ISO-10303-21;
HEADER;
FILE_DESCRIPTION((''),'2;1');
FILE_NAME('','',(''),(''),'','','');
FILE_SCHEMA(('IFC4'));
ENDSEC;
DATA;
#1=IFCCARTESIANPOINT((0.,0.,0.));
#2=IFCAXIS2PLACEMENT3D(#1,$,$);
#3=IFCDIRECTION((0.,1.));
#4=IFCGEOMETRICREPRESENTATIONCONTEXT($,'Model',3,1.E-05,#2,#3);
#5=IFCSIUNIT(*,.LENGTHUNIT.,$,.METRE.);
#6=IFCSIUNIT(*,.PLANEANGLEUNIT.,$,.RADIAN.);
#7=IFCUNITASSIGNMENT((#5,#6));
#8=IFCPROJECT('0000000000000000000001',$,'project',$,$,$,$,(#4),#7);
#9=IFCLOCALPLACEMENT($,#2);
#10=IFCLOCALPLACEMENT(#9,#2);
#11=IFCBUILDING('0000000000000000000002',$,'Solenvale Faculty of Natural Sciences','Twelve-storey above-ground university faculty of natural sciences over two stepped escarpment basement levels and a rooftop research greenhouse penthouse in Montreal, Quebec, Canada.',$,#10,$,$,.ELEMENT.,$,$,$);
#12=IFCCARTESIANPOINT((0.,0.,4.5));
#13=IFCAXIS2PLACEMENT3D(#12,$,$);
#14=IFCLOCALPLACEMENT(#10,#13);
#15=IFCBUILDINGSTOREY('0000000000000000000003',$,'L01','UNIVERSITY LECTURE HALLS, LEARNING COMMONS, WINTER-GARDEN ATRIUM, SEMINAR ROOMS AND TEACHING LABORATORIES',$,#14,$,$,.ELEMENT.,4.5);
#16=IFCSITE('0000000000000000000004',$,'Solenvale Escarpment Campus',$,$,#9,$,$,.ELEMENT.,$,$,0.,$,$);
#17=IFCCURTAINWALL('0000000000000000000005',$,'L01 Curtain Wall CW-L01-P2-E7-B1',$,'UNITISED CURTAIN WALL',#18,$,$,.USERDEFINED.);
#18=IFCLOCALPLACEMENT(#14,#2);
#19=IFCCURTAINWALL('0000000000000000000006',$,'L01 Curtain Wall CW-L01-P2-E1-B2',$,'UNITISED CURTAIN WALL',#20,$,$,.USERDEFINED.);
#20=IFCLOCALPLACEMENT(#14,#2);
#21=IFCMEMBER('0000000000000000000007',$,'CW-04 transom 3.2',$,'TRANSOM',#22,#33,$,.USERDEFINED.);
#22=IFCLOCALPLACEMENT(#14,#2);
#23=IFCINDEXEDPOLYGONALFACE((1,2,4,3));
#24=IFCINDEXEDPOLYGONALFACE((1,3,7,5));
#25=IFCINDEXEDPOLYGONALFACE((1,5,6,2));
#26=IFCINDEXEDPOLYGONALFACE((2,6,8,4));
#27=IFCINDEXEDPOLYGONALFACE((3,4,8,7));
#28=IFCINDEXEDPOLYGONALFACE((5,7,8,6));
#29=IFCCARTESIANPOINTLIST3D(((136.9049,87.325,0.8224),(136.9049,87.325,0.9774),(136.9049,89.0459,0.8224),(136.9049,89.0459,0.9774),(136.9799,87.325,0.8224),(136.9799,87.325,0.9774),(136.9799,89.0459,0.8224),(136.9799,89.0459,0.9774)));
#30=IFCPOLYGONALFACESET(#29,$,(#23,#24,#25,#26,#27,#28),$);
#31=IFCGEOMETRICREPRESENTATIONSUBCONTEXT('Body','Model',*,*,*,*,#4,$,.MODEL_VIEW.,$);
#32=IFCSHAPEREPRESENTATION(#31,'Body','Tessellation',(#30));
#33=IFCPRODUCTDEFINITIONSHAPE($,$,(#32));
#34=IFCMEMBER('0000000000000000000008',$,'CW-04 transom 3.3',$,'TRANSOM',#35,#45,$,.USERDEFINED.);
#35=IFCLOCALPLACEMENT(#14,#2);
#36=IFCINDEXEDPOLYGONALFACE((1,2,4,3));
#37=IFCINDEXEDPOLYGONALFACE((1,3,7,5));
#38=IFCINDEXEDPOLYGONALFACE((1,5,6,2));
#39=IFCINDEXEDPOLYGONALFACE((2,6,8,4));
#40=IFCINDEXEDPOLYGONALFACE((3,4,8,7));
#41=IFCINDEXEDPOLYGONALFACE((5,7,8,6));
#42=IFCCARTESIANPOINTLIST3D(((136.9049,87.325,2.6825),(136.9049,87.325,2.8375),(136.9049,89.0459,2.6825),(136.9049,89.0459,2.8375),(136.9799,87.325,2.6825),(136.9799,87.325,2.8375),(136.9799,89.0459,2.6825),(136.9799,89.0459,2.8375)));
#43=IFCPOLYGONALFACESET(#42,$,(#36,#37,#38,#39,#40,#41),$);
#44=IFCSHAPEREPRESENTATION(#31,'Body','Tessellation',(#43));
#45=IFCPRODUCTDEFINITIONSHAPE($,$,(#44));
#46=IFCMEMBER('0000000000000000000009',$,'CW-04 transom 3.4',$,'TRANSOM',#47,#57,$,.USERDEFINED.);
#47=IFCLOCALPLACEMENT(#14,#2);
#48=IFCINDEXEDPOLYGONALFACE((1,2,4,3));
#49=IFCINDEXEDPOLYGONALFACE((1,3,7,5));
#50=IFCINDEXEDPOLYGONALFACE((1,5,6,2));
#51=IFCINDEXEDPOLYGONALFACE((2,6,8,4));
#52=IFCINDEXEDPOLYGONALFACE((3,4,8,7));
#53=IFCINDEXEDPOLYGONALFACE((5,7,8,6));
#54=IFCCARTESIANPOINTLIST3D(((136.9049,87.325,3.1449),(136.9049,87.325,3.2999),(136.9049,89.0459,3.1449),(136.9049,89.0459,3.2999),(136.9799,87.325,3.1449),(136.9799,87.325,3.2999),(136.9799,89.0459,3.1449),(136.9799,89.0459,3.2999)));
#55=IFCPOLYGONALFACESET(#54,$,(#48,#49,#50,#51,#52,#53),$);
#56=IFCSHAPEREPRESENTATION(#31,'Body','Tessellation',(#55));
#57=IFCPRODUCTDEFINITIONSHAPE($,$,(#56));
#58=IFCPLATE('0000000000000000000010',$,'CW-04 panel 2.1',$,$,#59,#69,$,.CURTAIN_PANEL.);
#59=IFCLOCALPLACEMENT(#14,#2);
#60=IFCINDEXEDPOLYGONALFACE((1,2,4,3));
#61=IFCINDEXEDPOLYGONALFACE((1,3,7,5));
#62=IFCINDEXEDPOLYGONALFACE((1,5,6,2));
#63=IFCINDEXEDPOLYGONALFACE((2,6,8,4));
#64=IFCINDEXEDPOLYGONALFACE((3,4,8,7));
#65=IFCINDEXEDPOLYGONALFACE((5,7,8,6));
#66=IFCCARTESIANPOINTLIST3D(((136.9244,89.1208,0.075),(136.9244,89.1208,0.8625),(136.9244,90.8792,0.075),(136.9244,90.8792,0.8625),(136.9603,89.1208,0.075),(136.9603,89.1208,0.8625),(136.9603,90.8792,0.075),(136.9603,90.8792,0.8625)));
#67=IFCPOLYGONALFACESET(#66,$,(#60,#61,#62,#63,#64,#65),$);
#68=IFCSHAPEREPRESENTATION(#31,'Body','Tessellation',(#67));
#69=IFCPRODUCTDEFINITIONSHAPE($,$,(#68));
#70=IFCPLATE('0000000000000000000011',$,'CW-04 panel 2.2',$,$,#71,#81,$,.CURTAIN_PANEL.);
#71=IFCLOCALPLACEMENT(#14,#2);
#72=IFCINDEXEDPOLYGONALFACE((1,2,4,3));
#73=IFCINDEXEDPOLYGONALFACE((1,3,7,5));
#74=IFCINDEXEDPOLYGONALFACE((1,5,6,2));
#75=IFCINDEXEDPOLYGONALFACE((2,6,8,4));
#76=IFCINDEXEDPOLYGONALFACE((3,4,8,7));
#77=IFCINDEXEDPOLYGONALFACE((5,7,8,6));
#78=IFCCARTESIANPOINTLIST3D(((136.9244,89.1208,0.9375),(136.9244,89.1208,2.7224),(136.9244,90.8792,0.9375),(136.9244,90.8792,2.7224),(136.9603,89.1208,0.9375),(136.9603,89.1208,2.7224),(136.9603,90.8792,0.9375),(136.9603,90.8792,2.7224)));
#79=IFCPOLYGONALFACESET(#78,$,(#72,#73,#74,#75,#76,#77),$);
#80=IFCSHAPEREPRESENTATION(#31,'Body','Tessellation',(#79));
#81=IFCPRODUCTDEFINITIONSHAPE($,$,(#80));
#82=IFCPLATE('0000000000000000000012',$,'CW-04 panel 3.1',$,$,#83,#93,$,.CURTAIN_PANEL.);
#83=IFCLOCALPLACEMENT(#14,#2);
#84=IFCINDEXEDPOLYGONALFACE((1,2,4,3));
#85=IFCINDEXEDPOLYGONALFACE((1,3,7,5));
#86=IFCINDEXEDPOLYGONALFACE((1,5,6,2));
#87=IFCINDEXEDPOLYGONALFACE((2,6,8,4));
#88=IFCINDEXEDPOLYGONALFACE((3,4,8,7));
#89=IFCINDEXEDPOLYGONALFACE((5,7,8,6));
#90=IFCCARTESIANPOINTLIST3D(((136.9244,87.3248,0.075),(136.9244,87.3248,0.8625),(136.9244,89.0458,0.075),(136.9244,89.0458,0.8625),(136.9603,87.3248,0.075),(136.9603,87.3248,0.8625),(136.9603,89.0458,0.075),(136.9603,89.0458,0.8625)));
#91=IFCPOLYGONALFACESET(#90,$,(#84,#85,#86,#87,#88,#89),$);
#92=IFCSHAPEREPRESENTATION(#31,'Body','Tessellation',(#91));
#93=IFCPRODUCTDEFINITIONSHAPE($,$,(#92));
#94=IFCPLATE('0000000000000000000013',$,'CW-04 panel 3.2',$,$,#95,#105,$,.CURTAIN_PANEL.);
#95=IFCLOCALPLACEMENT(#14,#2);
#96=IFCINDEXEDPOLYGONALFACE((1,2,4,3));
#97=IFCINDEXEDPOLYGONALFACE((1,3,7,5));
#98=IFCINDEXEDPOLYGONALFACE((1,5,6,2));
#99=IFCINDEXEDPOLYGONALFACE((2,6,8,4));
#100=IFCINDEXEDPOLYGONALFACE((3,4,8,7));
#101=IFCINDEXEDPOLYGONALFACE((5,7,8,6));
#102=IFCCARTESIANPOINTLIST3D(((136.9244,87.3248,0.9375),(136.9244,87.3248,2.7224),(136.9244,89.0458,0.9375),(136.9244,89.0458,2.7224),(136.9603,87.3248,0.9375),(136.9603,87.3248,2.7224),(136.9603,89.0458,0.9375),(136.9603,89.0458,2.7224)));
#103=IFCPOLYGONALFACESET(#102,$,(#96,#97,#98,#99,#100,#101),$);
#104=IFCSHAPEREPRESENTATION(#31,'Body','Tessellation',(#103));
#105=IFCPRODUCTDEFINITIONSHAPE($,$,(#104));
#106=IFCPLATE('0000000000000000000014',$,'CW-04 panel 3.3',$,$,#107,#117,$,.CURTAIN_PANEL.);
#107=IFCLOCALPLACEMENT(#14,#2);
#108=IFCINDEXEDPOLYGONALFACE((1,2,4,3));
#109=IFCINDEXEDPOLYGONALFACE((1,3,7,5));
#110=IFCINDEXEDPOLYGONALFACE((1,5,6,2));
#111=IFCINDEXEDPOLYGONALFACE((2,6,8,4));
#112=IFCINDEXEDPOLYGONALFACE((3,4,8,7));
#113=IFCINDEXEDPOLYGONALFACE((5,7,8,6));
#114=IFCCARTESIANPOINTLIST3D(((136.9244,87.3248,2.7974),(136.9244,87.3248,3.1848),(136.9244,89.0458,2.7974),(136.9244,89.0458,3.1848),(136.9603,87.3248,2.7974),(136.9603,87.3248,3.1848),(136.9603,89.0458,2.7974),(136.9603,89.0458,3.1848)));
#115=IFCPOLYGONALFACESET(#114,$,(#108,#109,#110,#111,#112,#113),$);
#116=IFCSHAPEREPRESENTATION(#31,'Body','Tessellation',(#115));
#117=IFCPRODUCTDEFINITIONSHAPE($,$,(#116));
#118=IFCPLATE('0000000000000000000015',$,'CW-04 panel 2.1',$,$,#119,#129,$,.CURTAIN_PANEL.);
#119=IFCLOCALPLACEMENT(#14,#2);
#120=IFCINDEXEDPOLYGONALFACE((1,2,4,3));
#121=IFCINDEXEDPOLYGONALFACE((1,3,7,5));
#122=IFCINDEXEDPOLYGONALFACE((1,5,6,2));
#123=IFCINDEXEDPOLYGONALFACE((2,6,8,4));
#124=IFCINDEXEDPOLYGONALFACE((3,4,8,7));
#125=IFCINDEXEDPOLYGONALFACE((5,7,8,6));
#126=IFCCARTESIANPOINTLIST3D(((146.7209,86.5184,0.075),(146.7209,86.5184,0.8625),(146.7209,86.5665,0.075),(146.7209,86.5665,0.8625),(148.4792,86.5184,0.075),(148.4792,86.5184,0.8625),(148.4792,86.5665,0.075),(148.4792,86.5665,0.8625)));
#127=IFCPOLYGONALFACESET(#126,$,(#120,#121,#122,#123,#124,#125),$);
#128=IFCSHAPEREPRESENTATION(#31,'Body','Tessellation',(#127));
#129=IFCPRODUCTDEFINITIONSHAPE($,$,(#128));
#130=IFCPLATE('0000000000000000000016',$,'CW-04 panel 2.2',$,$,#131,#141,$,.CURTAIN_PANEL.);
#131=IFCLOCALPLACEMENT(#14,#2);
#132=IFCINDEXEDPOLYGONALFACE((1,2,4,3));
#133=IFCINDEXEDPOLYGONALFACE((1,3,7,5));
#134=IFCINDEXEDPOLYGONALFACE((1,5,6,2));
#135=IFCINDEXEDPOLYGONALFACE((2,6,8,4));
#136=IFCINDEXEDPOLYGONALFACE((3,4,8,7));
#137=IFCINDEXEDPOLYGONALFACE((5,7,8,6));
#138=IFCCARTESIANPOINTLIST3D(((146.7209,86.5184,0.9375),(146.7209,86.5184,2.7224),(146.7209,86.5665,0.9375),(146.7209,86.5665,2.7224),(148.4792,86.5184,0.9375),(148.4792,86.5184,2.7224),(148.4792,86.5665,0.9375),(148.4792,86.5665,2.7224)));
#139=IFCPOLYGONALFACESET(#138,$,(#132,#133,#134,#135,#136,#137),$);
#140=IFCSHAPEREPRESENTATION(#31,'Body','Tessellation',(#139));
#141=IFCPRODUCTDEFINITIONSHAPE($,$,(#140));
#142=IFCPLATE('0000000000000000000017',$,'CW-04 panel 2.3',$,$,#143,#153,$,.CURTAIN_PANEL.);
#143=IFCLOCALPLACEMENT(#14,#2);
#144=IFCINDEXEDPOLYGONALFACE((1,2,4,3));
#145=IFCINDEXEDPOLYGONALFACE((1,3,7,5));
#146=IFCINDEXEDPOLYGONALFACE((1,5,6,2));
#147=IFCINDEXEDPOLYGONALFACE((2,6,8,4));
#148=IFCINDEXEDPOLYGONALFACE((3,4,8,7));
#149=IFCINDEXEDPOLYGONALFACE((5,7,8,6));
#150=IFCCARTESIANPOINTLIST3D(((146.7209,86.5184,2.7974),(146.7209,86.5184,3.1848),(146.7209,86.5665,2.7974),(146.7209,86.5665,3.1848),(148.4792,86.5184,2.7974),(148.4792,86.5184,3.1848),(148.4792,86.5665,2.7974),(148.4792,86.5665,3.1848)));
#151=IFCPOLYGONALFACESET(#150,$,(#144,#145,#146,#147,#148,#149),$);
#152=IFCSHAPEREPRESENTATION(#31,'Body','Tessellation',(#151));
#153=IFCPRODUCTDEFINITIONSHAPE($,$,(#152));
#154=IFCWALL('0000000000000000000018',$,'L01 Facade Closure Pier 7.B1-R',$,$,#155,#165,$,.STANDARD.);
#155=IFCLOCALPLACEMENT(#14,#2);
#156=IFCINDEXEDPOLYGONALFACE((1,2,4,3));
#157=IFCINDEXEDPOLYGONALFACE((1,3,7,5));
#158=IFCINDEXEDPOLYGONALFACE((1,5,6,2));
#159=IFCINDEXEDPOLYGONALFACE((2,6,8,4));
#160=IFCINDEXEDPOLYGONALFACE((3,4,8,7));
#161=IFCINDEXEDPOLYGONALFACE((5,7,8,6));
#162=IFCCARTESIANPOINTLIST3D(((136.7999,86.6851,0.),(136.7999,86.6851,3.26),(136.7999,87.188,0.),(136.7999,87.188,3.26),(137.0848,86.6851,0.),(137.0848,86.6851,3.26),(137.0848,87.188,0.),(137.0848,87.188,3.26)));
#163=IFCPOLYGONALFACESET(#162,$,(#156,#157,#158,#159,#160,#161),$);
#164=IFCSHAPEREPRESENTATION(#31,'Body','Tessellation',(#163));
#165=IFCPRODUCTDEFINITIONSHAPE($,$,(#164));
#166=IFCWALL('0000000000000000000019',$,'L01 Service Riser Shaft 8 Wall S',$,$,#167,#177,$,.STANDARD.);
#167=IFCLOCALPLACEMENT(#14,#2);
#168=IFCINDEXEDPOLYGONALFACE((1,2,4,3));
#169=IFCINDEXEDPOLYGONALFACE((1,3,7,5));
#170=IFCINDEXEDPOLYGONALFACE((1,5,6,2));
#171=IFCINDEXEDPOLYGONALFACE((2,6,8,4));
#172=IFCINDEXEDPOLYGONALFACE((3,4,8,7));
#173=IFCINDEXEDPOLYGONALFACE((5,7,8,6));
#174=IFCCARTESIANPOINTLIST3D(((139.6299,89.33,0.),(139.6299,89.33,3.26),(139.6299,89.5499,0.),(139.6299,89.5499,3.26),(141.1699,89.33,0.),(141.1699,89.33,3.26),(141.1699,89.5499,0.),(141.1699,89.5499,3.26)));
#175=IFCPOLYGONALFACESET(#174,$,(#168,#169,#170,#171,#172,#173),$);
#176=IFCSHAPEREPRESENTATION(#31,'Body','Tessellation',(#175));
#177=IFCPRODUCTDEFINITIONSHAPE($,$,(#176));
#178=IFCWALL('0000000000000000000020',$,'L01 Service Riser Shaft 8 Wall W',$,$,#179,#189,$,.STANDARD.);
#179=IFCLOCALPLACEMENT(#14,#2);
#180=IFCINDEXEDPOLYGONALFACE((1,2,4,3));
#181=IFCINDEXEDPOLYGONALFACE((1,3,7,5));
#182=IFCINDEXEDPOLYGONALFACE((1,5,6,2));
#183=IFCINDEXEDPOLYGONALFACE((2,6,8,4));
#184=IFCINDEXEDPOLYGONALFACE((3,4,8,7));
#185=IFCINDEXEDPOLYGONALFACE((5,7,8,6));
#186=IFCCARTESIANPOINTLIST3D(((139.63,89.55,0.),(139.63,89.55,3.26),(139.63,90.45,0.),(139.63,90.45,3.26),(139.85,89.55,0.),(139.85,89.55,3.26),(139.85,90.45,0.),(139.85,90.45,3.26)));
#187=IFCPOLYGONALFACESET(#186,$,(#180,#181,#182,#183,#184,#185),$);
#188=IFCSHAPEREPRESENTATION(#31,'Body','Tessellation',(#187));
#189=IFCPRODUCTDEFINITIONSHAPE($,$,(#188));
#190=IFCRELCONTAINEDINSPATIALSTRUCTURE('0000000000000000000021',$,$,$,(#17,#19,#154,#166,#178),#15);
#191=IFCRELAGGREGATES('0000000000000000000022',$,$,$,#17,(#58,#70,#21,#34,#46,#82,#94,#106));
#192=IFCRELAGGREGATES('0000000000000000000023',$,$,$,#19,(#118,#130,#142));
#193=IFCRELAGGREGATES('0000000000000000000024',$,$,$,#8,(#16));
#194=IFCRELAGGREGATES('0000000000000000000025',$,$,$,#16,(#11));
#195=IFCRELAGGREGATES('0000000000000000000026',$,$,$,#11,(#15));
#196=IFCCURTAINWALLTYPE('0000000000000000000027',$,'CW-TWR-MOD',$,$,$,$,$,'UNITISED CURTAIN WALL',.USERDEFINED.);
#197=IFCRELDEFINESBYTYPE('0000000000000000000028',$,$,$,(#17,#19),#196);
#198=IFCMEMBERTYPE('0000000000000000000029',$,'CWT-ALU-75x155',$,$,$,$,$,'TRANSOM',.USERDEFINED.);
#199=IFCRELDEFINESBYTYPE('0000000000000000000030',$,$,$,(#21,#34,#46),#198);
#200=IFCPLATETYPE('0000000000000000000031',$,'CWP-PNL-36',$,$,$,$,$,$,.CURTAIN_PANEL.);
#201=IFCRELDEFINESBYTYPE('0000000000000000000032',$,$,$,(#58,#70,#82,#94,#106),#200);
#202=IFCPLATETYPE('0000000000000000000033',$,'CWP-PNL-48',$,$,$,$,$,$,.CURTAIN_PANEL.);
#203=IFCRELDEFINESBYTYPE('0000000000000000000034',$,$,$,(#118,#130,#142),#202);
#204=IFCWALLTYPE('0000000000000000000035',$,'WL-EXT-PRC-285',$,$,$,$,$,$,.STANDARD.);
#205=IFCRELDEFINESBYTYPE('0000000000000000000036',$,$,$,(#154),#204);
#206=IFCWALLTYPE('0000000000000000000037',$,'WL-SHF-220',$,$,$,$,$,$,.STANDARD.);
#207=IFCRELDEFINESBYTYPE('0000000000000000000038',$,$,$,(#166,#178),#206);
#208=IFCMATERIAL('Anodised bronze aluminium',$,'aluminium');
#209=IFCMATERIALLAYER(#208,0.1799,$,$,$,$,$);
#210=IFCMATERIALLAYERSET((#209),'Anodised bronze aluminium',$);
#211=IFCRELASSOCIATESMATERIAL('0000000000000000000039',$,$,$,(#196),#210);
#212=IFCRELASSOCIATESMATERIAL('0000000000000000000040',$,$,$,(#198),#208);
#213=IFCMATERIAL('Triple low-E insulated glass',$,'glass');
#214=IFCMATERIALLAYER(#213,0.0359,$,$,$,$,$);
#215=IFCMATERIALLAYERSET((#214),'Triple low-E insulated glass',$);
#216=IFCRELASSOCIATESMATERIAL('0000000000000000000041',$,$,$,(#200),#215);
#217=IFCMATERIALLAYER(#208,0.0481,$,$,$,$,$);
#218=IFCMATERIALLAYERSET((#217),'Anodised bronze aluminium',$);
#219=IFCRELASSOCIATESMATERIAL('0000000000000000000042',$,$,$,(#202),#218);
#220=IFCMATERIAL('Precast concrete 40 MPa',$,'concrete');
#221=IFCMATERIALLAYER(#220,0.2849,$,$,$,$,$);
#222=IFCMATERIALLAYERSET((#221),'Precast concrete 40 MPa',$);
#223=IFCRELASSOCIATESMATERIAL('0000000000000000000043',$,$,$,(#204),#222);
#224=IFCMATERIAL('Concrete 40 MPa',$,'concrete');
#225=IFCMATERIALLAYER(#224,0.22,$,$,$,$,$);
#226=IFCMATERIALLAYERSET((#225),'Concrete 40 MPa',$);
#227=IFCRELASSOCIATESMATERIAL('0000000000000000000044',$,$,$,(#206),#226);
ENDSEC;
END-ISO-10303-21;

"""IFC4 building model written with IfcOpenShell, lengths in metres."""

from ifc_helpers import new_model, si_unit, direction, frame, frame_2d, origin, origin_2d, place, context, subcontext, project, spatial, rectangle, extrude, material, layer, layer_set, material_profile, profile_set, type_object, element, aggregate, save


model = new_model("IFC4")

# Units and contexts
model_context = context("Model", 3, precision=1e-05, world=origin(), true_north=direction((0.0, 1.0)))
body_context = subcontext(model_context, "Body", "Model", "MODEL_VIEW")
ifc_project = project(units=[si_unit("LENGTHUNIT", "METRE"), si_unit("PLANEANGLEUNIT", "RADIAN")], contexts=[model_context])

# Site, building, storey
site_placement = place(None, origin())
site = spatial("IfcSite", under=ifc_project, at=site_placement, Name="Solenvale Escarpment Campus", CompositionType="ELEMENT", RefElevation=0.0)
building_placement = place(site_placement, origin())
building = spatial("IfcBuilding", under=site, at=building_placement, Name="Solenvale Faculty of Natural Sciences", Description="Twelve-storey above-ground university faculty of natural sciences over two stepped escarpment basement levels and a rooftop research greenhouse penthouse in Montreal, Quebec, Canada.", CompositionType="ELEMENT")
storey_placement = place(building_placement, frame((0.0, 0.0, 4.5)))
storey = spatial("IfcBuildingStorey", under=building, at=storey_placement, Name="L01", Description="UNIVERSITY LECTURE HALLS, LEARNING COMMONS, WINTER-GARDEN ATRIUM, SEMINAR ROOMS AND TEACHING LABORATORIES", CompositionType="ELEMENT", Elevation=4.5)

# Shared definitions
ifc_material_1 = material(Name="Concrete 40 MPa", Category="concrete")

# Curtain walls
ifc_material_2 = material(Name="Anodised bronze aluminium", Category="aluminium")
ifc_layer_1 = layer(ifc_material_2, 0.1799)
ifc_layer_set_1 = layer_set([ifc_layer_1], Name="Anodised bronze aluminium")
curtain_wall_type = type_object("IfcCurtainWallType", Name="CW-TWR-MOD", ElementType="UNITISED CURTAIN WALL", PredefinedType="USERDEFINED", material=ifc_layer_set_1)
curtain_wall_1_placement = place(storey_placement, origin())
curtain_wall_1 = element("IfcCurtainWall", 1, at=curtain_wall_1_placement, inside=storey, type_object=curtain_wall_type, Name="L01 Curtain Wall CW-L01-P2-E7-B1", ObjectType="UNITISED CURTAIN WALL", PredefinedType="USERDEFINED")
curtain_wall_2_placement = place(storey_placement, origin())
curtain_wall_2 = element("IfcCurtainWall", 2, at=curtain_wall_2_placement, inside=storey, type_object=curtain_wall_type, Name="L01 Curtain Wall CW-L01-P2-E1-B2", ObjectType="UNITISED CURTAIN WALL", PredefinedType="USERDEFINED")
ifc_material_profile_1 = material_profile(ifc_material_2, rectangle(XDim=0.075, YDim=0.155, at=origin_2d()), Name="ALU-TRN-75x155")
ifc_profile_set_1 = profile_set([ifc_material_profile_1], Name="Anodised bronze aluminium")
member_type_1 = type_object("IfcMemberType", Name="CWT-ALU-75x155", ElementType="TRANSOM", PredefinedType="USERDEFINED", material=ifc_profile_set_1)

# Members
member_1_placement = place(storey_placement, frame((136.9424, 89.0459, 0.8999), z_axis=(0.0, -1.0, 0.0), x_axis=(1.0, 0.0, 0.0)))
member_1 = element("IfcMember", 3, at=member_1_placement, type_object=member_type_1, Name="CW-04 transom 3.2", ObjectType="TRANSOM", PredefinedType="USERDEFINED", context=body_context, shape_type="SweptSolid", body=[
    extrude(rectangle(XDim=0.075, YDim=0.155, at=origin_2d()), origin(), (0.0, 0.0, 1.0), 1.7209),
])
member_2_placement = place(storey_placement, frame((136.9424, 89.0459, 2.76), z_axis=(0.0, -1.0, 0.0), x_axis=(1.0, 0.0, 0.0)))
member_2 = element("IfcMember", 4, at=member_2_placement, type_object=member_type_1, Name="CW-04 transom 3.3", ObjectType="TRANSOM", PredefinedType="USERDEFINED", context=body_context, shape_type="SweptSolid", body=[
    extrude(rectangle(XDim=0.075, YDim=0.155, at=origin_2d()), origin(), (0.0, 0.0, 1.0), 1.7209),
])
member_3_placement = place(storey_placement, frame((136.9424, 89.0459, 3.2224), z_axis=(0.0, -1.0, 0.0), x_axis=(1.0, 0.0, 0.0)))
member_3 = element("IfcMember", 5, at=member_3_placement, type_object=member_type_1, Name="CW-04 transom 3.4", ObjectType="TRANSOM", PredefinedType="USERDEFINED", context=body_context, shape_type="SweptSolid", body=[
    extrude(rectangle(XDim=0.075, YDim=0.155, at=origin_2d()), origin(), (0.0, 0.0, 1.0), 1.7209),
])

# Plates
ifc_material_3 = material(Name="Triple low-E insulated glass", Category="glass")
ifc_layer_2 = layer(ifc_material_3, 0.0359)
ifc_layer_set_2 = layer_set([ifc_layer_2], Name="Triple low-E insulated glass")
plate_type_1 = type_object("IfcPlateType", Name="CWP-PNL-36", PredefinedType="CURTAIN_PANEL", material=ifc_layer_set_2)
plate_1_placement = place(storey_placement, frame((136.9424, 90.0, 0.075), z_axis=(0.0, 0.0, 1.0), x_axis=(0.0, -1.0, 0.0)))
plate_1 = element("IfcPlate", 6, at=plate_1_placement, type_object=plate_type_1, Name="CW-04 panel 2.1", PredefinedType="CURTAIN_PANEL", context=body_context, shape_type="SweptSolid", body=[
    extrude(rectangle(XDim=1.7583, YDim=0.0359, at=origin_2d()), origin(), (0.0, 0.0, 1.0), 0.7876),
])
plate_2_placement = place(storey_placement, frame((136.9424, 90.0, 0.9375), z_axis=(0.0, 0.0, 1.0), x_axis=(0.0, -1.0, 0.0)))
plate_2 = element("IfcPlate", 7, at=plate_2_placement, type_object=plate_type_1, Name="CW-04 panel 2.2", PredefinedType="CURTAIN_PANEL", context=body_context, shape_type="SweptSolid", body=[
    extrude(rectangle(XDim=1.7583, YDim=0.0359, at=origin_2d()), origin(), (0.0, 0.0, 1.0), 1.7849),
])
plate_3_placement = place(storey_placement, frame((136.9424, 88.1853, 0.075), z_axis=(0.0, 0.0, 1.0), x_axis=(0.0, -1.0, 0.0)))
plate_3 = element("IfcPlate", 8, at=plate_3_placement, type_object=plate_type_1, Name="CW-04 panel 3.1", PredefinedType="CURTAIN_PANEL", context=body_context, shape_type="SweptSolid", body=[
    extrude(rectangle(XDim=1.7209, YDim=0.0359, at=origin_2d()), origin(), (0.0, 0.0, 1.0), 0.7876),
])
plate_4_placement = place(storey_placement, frame((136.9424, 88.1853, 0.9375), z_axis=(0.0, 0.0, 1.0), x_axis=(0.0, -1.0, 0.0)))
plate_4 = element("IfcPlate", 9, at=plate_4_placement, type_object=plate_type_1, Name="CW-04 panel 3.2", PredefinedType="CURTAIN_PANEL", context=body_context, shape_type="SweptSolid", body=[
    extrude(rectangle(XDim=1.7209, YDim=0.0359, at=origin_2d()), origin(), (0.0, 0.0, 1.0), 1.7849),
])
plate_5_placement = place(storey_placement, frame((136.9424, 88.1853, 2.7974), z_axis=(0.0, 0.0, 1.0), x_axis=(0.0, -1.0, 0.0)))
plate_5 = element("IfcPlate", 10, at=plate_5_placement, type_object=plate_type_1, Name="CW-04 panel 3.3", PredefinedType="CURTAIN_PANEL", context=body_context, shape_type="SweptSolid", body=[
    extrude(rectangle(XDim=1.7209, YDim=0.0359, at=origin_2d()), origin(), (0.0, 0.0, 1.0), 0.3875),
])
aggregate(curtain_wall_1, [plate_1, plate_2, member_1, member_2, member_3, plate_3, plate_4, plate_5])
ifc_layer_3 = layer(ifc_material_2, 0.0481)
ifc_layer_set_3 = layer_set([ifc_layer_3], Name="Anodised bronze aluminium")
plate_type_2 = type_object("IfcPlateType", Name="CWP-PNL-48", PredefinedType="CURTAIN_PANEL", material=ifc_layer_set_3)
plate_6_placement = place(storey_placement, frame((147.6001, 86.5425, 0.075), z_axis=(0.0, 0.0, 1.0), x_axis=(1.0, 0.0, 0.0)))
plate_6 = element("IfcPlate", 11, at=plate_6_placement, type_object=plate_type_2, Name="CW-04 panel 2.1", PredefinedType="CURTAIN_PANEL", context=body_context, shape_type="SweptSolid", body=[
    extrude(rectangle(XDim=1.7583, YDim=0.0481, at=origin_2d()), origin(), (0.0, 0.0, 1.0), 0.7876),
])
plate_7_placement = place(storey_placement, frame((147.6001, 86.5425, 0.9375), z_axis=(0.0, 0.0, 1.0), x_axis=(1.0, 0.0, 0.0)))
plate_7 = element("IfcPlate", 12, at=plate_7_placement, type_object=plate_type_2, Name="CW-04 panel 2.2", PredefinedType="CURTAIN_PANEL", context=body_context, shape_type="SweptSolid", body=[
    extrude(rectangle(XDim=1.7583, YDim=0.0481, at=origin_2d()), origin(), (0.0, 0.0, 1.0), 1.7849),
])
plate_8_placement = place(storey_placement, frame((147.6001, 86.5425, 2.7974), z_axis=(0.0, 0.0, 1.0), x_axis=(1.0, 0.0, 0.0)))
plate_8 = element("IfcPlate", 13, at=plate_8_placement, type_object=plate_type_2, Name="CW-04 panel 2.3", PredefinedType="CURTAIN_PANEL", context=body_context, shape_type="SweptSolid", body=[
    extrude(rectangle(XDim=1.7583, YDim=0.0481, at=origin_2d()), origin(), (0.0, 0.0, 1.0), 0.3875),
])
aggregate(curtain_wall_2, [plate_6, plate_7, plate_8])

# Walls
ifc_material_4 = material(Name="Precast concrete 40 MPa", Category="concrete")
ifc_layer_4 = layer(ifc_material_4, 0.2849)
ifc_layer_set_4 = layer_set([ifc_layer_4], Name="Precast concrete 40 MPa")
wall_type_1 = type_object("IfcWallType", Name="WL-EXT-PRC-285", PredefinedType="STANDARD", material=ifc_layer_set_4)
wall_1_placement = place(storey_placement, frame((136.9424, 87.188, 0.0), z_axis=(0.0, 0.0, 1.0), x_axis=(0.0, -1.0, 0.0)))
element("IfcWall", 14, at=wall_1_placement, inside=storey, type_object=wall_type_1, Name="L01 Facade Closure Pier 7.B1-R", PredefinedType="STANDARD", context=body_context, shape_type="SweptSolid", body=[
    extrude(rectangle(XDim=0.5029, YDim=0.2849, at=frame_2d((0.2515, 0.0))), origin(), (0.0, 0.0, 1.0), 3.26),
])
ifc_layer_5 = layer(ifc_material_1, 0.22)
ifc_layer_set_5 = layer_set([ifc_layer_5], Name="Concrete 40 MPa")
wall_type_2 = type_object("IfcWallType", Name="WL-SHF-220", PredefinedType="STANDARD", material=ifc_layer_set_5)
wall_2_placement = place(storey_placement, frame((139.6299, 89.4399, 0.0), z_axis=(0.0, 0.0, 1.0), x_axis=(1.0, 0.0, 0.0)))
element("IfcWall", 15, at=wall_2_placement, inside=storey, type_object=wall_type_2, Name="L01 Service Riser Shaft 8 Wall S", PredefinedType="STANDARD", context=body_context, shape_type="SweptSolid", body=[
    extrude(rectangle(XDim=1.54, YDim=0.22, at=frame_2d((0.77, 0.0))), origin(), (0.0, 0.0, 1.0), 3.26),
])
for number, where, z_axis, x_axis, name in (
    (16, (139.74, 89.55, 0.0), (0.0, 0.0, 1.0), (0.0, 1.0, 0.0), "L01 Service Riser Shaft 8 Wall W"),
):
    element("IfcWall", number, at=place(storey_placement, frame(where, z_axis=z_axis, x_axis=x_axis)), inside=storey, type_object=wall_type_2, Name=name, PredefinedType="STANDARD", context=body_context, shape_type="SweptSolid", body=[
        extrude(rectangle(XDim=0.8999, YDim=0.22, at=frame_2d((0.45, 0.0))), origin(), (0.0, 0.0, 1.0), 3.26),
    ])

save(model, "model.ifc")
